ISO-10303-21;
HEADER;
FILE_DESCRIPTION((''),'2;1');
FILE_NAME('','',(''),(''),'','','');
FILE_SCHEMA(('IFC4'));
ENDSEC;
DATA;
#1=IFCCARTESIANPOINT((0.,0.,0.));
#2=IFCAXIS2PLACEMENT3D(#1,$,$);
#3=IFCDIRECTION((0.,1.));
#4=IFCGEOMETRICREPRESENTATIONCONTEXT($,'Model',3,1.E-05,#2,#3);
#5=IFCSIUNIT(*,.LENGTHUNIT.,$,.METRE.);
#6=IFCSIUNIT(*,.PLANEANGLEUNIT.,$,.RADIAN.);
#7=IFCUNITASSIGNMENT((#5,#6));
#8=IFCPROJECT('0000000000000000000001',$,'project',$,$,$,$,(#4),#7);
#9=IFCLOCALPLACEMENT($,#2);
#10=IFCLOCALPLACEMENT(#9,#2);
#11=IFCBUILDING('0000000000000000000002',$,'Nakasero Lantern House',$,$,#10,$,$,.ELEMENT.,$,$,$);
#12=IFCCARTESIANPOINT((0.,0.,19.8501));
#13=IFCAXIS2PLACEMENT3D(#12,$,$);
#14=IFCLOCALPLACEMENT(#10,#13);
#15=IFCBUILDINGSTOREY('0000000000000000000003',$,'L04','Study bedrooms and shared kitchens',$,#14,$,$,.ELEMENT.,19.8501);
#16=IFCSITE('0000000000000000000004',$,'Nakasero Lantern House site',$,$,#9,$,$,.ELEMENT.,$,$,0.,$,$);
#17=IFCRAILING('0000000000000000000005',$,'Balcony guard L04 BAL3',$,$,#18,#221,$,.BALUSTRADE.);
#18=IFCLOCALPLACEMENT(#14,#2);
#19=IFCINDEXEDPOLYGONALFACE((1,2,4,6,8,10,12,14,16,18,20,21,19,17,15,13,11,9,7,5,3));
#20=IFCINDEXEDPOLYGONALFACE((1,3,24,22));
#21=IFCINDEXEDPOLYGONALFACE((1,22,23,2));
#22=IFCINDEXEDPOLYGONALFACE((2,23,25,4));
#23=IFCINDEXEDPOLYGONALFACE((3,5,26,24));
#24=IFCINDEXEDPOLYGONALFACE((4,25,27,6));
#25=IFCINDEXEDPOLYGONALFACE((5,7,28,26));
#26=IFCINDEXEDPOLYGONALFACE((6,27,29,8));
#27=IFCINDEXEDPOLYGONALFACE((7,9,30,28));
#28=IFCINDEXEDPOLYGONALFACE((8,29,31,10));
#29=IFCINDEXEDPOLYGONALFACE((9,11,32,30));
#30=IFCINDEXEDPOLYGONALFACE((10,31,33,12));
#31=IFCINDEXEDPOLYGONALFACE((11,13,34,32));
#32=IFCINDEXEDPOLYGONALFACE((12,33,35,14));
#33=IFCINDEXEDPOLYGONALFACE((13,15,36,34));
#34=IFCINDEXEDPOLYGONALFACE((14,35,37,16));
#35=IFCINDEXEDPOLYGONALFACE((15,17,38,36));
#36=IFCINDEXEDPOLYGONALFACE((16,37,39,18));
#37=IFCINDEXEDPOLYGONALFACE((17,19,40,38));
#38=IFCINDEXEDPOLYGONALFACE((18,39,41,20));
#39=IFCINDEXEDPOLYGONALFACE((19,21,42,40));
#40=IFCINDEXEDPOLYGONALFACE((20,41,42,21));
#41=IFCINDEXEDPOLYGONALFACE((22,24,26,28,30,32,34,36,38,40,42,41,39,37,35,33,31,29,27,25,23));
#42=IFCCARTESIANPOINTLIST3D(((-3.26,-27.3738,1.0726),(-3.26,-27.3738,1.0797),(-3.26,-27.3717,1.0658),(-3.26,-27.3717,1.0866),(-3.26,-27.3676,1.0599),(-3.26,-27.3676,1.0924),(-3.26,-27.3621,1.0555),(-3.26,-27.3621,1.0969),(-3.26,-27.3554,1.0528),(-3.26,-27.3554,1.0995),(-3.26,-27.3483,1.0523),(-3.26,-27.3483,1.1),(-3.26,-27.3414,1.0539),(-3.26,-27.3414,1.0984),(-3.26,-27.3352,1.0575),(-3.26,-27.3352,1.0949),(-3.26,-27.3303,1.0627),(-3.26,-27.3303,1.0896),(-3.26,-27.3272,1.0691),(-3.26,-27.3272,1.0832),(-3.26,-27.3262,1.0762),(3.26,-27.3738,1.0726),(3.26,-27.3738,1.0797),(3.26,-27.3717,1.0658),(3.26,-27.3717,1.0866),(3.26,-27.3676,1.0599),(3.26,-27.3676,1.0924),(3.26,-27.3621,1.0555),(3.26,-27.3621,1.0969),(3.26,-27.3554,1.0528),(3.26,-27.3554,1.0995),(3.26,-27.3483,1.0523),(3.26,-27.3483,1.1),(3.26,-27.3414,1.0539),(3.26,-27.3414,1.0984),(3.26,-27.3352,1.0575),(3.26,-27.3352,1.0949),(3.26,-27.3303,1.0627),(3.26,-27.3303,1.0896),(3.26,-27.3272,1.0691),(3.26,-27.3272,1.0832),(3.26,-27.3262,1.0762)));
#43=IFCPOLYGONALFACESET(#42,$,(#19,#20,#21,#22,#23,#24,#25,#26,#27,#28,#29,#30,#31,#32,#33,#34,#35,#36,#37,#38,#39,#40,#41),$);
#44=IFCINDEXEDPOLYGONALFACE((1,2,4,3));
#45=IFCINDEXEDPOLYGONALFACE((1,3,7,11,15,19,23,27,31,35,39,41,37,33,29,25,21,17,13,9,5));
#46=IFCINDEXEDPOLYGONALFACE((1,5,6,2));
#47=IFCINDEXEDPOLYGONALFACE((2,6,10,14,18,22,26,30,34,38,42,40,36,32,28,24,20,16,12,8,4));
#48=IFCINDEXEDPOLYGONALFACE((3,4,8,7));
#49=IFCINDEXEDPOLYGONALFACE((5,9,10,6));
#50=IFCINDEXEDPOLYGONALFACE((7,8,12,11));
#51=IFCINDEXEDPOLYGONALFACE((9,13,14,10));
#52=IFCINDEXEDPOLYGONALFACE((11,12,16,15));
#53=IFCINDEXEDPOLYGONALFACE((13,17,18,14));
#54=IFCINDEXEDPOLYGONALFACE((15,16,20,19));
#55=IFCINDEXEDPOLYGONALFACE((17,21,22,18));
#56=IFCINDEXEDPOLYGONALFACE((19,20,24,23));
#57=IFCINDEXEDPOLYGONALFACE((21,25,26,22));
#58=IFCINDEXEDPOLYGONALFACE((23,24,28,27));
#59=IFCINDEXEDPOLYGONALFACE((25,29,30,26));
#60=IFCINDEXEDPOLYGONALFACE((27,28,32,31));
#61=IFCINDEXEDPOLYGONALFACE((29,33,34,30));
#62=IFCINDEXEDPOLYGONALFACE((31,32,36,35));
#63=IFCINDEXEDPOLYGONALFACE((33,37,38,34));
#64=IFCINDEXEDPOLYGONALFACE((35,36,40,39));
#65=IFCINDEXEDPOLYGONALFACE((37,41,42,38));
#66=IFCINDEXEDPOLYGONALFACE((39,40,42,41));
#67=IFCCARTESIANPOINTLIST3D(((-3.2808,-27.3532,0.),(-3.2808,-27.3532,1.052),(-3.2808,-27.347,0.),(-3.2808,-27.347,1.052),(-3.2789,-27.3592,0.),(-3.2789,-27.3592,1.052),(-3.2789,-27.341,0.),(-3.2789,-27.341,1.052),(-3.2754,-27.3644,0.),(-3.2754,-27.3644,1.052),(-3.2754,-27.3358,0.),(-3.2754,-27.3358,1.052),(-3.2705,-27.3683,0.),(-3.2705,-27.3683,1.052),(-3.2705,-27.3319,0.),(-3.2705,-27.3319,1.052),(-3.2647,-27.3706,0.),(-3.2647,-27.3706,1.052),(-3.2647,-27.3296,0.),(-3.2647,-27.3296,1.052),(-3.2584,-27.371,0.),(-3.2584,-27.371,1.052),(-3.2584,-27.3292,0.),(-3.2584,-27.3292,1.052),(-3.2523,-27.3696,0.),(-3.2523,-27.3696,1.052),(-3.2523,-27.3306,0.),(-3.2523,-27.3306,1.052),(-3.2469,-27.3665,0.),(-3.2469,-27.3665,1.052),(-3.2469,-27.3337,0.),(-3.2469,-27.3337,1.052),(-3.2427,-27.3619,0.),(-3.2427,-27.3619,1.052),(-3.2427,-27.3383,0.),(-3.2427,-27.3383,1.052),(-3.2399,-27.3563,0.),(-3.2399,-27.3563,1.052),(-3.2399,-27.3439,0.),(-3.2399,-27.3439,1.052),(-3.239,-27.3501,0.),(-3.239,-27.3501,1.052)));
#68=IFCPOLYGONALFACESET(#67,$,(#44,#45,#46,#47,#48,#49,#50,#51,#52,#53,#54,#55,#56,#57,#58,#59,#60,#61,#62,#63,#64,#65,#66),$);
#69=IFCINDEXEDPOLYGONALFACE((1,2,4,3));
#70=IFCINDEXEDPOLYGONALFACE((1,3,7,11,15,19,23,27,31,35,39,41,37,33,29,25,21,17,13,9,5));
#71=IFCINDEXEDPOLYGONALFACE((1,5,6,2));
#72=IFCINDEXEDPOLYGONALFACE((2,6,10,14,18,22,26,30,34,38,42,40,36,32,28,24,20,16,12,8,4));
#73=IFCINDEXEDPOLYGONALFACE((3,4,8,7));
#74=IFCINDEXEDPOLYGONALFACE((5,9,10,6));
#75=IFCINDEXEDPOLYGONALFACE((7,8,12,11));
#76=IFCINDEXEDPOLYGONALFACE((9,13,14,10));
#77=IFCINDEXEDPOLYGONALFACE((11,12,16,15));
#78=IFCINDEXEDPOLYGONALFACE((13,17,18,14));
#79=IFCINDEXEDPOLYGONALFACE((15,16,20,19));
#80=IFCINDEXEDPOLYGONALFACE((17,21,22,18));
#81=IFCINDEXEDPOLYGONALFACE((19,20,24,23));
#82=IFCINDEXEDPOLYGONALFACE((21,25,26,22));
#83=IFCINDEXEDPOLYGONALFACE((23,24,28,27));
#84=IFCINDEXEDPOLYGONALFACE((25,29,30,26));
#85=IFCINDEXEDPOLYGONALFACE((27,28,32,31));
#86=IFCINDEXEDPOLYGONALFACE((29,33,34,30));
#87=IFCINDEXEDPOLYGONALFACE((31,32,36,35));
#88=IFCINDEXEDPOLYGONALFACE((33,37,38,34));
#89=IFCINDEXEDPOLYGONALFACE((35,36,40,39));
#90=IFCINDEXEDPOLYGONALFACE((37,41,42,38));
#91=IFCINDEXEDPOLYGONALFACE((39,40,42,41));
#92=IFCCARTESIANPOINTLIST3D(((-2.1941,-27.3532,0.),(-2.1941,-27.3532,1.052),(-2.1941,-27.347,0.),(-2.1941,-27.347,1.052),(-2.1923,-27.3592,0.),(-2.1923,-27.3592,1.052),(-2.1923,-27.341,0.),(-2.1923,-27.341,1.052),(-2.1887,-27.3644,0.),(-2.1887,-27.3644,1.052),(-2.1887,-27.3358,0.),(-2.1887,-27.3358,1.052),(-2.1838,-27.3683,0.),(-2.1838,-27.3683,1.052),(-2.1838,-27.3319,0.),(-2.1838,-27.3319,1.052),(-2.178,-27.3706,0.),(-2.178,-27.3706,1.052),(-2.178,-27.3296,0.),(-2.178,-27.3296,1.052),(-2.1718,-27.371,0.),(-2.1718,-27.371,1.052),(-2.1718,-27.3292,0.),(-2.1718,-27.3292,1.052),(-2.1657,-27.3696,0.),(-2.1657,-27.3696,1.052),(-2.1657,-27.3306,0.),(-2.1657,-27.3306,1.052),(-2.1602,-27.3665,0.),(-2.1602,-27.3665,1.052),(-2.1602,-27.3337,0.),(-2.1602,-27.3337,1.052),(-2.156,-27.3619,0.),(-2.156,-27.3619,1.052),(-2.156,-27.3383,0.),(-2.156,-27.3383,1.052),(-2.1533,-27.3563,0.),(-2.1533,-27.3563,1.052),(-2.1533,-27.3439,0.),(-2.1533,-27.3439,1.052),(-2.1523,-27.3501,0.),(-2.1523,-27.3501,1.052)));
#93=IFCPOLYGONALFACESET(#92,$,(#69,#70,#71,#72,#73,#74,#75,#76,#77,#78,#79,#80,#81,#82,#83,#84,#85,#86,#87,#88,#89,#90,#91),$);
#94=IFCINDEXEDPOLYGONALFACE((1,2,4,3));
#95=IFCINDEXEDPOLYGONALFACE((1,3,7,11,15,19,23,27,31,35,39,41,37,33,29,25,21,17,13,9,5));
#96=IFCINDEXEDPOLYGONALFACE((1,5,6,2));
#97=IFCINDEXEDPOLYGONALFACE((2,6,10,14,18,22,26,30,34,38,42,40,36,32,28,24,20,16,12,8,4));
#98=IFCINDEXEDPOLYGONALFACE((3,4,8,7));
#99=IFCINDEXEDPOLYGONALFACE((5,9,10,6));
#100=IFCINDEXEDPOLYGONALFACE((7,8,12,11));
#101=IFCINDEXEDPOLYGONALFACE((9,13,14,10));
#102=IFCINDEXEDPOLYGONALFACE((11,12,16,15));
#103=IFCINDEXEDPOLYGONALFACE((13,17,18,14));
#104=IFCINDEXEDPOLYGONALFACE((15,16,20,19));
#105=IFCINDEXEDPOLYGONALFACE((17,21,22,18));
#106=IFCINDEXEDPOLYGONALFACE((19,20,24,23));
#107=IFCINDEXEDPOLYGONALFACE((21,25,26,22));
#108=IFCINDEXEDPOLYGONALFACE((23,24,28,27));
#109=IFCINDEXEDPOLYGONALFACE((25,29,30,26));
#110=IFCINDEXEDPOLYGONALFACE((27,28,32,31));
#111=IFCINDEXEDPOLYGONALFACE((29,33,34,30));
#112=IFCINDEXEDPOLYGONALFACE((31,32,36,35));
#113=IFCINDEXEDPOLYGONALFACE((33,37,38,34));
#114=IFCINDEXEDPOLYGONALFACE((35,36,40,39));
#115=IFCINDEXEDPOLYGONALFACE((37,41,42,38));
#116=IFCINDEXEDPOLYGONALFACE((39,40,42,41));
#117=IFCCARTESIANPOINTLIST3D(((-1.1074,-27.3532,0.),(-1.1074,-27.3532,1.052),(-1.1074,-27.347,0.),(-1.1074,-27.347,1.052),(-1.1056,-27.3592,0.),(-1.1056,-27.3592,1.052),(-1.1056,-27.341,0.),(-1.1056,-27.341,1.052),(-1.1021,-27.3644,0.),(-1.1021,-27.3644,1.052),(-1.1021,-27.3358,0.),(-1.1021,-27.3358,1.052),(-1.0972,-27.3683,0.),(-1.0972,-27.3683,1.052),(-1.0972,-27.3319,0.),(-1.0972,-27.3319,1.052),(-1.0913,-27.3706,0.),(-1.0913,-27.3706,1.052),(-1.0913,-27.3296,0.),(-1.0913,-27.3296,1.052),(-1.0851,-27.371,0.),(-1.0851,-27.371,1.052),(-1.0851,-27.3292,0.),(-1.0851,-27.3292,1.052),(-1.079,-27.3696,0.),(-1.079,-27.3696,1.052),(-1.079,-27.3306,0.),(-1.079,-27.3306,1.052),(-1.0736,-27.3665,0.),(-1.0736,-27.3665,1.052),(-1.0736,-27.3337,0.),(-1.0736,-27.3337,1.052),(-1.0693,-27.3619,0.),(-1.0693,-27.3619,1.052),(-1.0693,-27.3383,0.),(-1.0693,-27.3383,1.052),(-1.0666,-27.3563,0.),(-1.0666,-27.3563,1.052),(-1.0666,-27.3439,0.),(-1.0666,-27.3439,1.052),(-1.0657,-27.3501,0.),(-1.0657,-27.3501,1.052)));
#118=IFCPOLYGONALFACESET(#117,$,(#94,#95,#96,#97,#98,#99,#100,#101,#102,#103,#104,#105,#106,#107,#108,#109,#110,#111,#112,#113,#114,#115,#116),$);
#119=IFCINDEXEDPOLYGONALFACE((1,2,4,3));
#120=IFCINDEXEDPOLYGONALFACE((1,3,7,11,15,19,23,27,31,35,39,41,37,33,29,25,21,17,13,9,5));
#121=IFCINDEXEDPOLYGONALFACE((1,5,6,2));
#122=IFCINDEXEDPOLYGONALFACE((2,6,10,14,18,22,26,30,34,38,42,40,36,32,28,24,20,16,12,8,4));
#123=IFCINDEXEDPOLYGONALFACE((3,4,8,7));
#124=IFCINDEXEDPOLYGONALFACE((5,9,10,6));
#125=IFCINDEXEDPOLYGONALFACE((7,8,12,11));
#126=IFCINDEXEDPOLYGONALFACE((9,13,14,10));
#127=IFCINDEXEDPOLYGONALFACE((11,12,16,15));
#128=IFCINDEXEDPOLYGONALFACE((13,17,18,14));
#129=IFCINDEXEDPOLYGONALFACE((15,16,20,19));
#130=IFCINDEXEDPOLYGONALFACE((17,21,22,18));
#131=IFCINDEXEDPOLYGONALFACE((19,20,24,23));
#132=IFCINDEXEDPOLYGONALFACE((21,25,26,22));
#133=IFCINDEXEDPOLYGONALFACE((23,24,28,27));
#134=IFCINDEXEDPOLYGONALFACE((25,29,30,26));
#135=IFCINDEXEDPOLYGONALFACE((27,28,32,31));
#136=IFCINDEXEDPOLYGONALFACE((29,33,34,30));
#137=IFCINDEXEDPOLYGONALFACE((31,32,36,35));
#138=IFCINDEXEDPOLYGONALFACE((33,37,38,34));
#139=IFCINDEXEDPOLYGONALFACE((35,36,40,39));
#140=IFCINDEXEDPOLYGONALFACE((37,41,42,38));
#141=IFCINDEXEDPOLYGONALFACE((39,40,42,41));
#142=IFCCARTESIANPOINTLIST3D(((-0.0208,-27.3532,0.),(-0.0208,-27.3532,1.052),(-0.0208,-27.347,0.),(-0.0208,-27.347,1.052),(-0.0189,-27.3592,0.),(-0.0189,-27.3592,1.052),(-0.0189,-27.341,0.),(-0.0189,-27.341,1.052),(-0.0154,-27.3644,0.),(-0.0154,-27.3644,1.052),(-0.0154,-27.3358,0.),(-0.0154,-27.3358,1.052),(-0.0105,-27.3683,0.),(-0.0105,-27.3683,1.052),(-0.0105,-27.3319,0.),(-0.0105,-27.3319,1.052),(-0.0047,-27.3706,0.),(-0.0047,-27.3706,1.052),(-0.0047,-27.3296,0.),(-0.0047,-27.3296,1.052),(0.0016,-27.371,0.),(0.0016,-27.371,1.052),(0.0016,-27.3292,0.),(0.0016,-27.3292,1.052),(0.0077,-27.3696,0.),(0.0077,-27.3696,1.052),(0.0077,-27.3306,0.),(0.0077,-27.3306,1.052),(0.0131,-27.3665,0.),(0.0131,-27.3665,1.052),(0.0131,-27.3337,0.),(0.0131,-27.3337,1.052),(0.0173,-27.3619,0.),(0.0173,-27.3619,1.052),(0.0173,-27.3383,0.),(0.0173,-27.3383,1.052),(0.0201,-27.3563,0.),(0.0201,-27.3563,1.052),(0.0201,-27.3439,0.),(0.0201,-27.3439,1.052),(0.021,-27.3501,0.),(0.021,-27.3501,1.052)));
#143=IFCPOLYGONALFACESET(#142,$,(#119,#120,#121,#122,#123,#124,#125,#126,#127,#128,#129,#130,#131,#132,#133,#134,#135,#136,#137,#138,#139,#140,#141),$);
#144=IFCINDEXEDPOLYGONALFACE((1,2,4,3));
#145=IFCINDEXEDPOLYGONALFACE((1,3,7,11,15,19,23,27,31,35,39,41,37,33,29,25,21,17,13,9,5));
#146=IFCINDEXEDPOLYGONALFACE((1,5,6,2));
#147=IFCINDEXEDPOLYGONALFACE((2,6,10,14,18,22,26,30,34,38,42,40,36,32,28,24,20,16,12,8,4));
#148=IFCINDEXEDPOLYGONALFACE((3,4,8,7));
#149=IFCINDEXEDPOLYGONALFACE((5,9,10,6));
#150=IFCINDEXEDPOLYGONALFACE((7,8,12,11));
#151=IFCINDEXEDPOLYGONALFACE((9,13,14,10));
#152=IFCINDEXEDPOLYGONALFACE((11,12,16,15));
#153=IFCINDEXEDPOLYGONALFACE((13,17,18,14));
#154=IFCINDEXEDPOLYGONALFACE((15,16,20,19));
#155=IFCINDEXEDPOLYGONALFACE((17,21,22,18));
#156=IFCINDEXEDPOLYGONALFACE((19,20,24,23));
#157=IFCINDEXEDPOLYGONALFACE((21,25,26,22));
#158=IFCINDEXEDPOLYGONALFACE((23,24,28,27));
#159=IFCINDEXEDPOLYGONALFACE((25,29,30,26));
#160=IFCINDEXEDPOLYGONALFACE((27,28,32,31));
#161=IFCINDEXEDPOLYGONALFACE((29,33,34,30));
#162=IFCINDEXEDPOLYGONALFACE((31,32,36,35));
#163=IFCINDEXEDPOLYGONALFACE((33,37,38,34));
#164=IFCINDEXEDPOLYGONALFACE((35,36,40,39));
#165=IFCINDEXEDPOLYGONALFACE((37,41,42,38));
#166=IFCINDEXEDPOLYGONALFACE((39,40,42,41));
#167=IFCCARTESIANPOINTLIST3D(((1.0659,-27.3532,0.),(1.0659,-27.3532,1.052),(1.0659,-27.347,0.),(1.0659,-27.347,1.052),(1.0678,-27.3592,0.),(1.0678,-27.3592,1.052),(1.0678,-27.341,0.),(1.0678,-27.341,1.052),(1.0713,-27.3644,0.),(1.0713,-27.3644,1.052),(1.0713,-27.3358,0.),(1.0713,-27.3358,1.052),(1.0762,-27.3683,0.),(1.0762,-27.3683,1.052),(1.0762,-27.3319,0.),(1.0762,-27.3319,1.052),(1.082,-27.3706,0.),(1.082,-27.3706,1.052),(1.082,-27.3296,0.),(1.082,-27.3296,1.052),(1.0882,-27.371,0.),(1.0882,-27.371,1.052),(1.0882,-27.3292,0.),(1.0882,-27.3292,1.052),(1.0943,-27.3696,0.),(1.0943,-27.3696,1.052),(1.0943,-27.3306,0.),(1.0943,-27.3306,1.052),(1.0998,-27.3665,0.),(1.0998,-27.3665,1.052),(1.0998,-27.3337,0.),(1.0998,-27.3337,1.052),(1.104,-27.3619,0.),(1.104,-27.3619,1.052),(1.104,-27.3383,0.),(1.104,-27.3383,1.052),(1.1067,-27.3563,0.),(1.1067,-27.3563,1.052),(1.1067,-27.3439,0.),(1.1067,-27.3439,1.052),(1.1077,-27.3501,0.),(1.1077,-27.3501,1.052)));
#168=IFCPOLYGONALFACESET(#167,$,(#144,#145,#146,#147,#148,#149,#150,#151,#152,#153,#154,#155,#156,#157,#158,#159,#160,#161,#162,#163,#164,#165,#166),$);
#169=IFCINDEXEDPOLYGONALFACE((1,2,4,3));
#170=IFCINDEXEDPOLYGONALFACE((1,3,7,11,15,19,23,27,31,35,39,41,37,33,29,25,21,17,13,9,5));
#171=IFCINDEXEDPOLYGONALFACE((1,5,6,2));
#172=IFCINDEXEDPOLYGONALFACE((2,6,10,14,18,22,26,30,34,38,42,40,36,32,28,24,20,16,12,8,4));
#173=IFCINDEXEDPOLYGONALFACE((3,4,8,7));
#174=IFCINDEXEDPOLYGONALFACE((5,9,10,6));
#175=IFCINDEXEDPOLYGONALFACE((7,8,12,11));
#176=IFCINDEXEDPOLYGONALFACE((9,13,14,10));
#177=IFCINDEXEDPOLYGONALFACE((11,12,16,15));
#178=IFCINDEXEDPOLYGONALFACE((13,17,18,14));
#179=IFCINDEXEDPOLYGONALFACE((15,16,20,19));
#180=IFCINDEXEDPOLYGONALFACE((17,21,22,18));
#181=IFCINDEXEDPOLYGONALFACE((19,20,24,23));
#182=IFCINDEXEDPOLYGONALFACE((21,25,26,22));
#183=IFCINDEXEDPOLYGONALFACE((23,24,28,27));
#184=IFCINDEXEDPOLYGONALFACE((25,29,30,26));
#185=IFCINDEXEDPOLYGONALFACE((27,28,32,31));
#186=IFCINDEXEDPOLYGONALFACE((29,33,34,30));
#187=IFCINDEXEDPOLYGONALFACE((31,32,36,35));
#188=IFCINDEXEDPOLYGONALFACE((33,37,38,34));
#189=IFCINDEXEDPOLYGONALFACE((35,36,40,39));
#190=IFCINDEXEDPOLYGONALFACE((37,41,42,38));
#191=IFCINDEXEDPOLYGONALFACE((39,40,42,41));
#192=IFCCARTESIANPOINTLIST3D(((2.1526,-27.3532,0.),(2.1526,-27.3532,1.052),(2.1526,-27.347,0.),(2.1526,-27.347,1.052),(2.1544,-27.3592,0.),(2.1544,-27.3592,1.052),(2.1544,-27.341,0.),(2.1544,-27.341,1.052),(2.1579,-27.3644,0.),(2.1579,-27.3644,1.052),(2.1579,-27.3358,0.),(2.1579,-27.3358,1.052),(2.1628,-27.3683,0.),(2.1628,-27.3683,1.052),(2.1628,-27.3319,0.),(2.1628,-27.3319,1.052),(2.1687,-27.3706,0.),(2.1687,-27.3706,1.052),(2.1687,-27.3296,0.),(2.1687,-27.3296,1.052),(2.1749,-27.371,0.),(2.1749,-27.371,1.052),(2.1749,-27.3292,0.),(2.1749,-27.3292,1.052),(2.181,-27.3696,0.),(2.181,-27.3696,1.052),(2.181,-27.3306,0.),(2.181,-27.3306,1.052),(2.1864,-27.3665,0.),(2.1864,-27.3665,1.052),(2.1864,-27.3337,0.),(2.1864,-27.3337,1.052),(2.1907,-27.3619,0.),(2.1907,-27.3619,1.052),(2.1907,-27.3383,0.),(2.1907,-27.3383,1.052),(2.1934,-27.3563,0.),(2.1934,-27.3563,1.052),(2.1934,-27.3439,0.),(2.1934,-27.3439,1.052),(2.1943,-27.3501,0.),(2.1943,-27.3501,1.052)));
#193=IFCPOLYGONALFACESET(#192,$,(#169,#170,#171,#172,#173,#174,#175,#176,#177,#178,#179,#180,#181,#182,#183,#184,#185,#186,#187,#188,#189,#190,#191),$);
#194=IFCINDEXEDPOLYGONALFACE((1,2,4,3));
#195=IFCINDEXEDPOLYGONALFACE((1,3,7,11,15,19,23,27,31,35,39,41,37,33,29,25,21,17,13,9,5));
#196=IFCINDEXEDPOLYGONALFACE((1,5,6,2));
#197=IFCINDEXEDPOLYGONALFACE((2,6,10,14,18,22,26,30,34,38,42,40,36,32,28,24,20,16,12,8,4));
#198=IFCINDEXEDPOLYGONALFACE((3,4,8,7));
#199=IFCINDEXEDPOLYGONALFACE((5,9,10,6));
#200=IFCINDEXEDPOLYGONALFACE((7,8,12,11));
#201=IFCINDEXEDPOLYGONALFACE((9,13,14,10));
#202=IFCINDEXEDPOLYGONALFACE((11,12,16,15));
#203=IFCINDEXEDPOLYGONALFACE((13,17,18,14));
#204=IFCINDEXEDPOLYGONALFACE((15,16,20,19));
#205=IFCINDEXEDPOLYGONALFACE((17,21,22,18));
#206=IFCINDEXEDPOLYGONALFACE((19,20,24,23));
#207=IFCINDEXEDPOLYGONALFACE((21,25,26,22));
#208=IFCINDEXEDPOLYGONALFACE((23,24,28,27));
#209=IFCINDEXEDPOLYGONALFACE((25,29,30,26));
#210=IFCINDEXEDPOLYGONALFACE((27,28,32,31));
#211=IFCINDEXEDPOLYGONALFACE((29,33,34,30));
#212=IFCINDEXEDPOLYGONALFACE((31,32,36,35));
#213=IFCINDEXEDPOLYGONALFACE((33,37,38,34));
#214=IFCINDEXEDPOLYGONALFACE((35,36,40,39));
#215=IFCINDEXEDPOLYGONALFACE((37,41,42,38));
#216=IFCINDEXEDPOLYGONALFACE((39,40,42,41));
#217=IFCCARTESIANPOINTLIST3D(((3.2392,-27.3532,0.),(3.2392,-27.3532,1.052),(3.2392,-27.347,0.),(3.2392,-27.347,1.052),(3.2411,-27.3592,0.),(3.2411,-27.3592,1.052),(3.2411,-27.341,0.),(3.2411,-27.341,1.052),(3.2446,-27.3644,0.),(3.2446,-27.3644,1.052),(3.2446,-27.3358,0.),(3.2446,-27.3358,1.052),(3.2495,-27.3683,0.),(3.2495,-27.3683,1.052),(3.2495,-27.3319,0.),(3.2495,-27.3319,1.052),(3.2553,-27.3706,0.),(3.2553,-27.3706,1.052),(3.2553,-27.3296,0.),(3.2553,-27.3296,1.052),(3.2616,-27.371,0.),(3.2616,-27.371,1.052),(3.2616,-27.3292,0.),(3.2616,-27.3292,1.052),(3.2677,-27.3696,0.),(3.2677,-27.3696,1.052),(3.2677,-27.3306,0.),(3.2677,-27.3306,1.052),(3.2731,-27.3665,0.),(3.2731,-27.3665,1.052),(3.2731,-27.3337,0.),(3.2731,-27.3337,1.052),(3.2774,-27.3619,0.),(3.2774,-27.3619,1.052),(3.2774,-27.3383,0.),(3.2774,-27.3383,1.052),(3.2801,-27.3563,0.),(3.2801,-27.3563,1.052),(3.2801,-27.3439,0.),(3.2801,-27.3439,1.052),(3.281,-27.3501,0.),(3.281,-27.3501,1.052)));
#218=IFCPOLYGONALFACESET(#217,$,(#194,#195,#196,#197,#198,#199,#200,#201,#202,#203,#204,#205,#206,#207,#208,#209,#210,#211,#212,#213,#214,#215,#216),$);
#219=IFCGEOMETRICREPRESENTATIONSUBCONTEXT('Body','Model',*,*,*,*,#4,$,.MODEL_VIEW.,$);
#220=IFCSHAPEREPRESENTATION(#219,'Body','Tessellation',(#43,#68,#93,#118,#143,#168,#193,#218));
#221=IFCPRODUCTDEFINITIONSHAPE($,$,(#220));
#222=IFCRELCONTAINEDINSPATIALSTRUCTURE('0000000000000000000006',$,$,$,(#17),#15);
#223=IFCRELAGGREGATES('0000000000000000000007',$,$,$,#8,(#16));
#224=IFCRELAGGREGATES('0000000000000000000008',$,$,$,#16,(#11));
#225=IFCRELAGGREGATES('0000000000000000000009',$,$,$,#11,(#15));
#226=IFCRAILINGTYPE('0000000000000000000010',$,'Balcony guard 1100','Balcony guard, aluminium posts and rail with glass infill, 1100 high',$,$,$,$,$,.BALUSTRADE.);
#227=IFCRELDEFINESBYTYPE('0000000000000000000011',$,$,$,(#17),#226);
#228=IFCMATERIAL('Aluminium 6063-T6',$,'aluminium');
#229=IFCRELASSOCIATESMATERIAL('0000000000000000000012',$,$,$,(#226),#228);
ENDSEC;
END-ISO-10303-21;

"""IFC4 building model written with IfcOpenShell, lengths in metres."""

from ifc_helpers import new_model, si_unit, direction, frame, origin, origin_2d, place, context, subcontext, project, spatial, circle, extrude, material, type_object, element, save


model = new_model("IFC4")

# Units and contexts
model_context = context("Model", 3, precision=1e-05, world=origin(), true_north=direction((0.0, 1.0)))
body_context = subcontext(model_context, "Body", "Model", "MODEL_VIEW")
ifc_project = project(units=[si_unit("LENGTHUNIT", "METRE"), si_unit("PLANEANGLEUNIT", "RADIAN")], contexts=[model_context])

# Site, building, storey
site_placement = place(None, origin())
site = spatial("IfcSite", under=ifc_project, at=site_placement, Name="Nakasero Lantern House site", CompositionType="ELEMENT", RefElevation=0.0)
building_placement = place(site_placement, origin())
building = spatial("IfcBuilding", under=site, at=building_placement, Name="Nakasero Lantern House", CompositionType="ELEMENT")
storey_placement = place(building_placement, frame((0.0, 0.0, 19.8501)))
storey = spatial("IfcBuildingStorey", under=building, at=storey_placement, Name="L04", Description="Study bedrooms and shared kitchens", CompositionType="ELEMENT", Elevation=19.8501)

# Railing
ifc_material_1 = material(Name="Aluminium 6063-T6", Category="aluminium")
railing_type = type_object("IfcRailingType", Name="Balcony guard 1100", Description="Balcony guard, aluminium posts and rail with glass infill, 1100 high", PredefinedType="BALUSTRADE", material=ifc_material_1)
railing_placement = place(storey_placement, frame((-3.26, -27.3501, 0.0)))
element("IfcRailing", 1, at=railing_placement, inside=storey, type_object=railing_type, Name="Balcony guard L04 BAL3", PredefinedType="BALUSTRADE", context=body_context, shape_type="SweptSolid", body=[
    extrude(circle(Radius=0.0239, at=origin_2d()), frame((0.0, 0.0, 1.0762), z_axis=(1.0, 0.0, 0.0), x_axis=(0.0, 1.0, 0.0)), (0.0, 0.0, 1.0), 6.52),
    extrude(circle(Radius=0.021, at=origin_2d()), origin(), (0.0, 0.0, 1.0), 1.052),
    extrude(circle(Radius=0.021, at=origin_2d()), frame((1.0867, 0.0, 0.0)), (0.0, 0.0, 1.0), 1.052),
    extrude(circle(Radius=0.021, at=origin_2d()), frame((2.1733, 0.0, 0.0)), (0.0, 0.0, 1.0), 1.052),
    extrude(circle(Radius=0.021, at=origin_2d()), frame((3.26, 0.0, 0.0)), (0.0, 0.0, 1.0), 1.052),
    extrude(circle(Radius=0.021, at=origin_2d()), frame((4.3467, 0.0, 0.0)), (0.0, 0.0, 1.0), 1.052),
    extrude(circle(Radius=0.021, at=origin_2d()), frame((5.4333, 0.0, 0.0)), (0.0, 0.0, 1.0), 1.052),
    extrude(circle(Radius=0.021, at=origin_2d()), frame((6.52, 0.0, 0.0)), (0.0, 0.0, 1.0), 1.052),
])

save(model, "model.ifc")
